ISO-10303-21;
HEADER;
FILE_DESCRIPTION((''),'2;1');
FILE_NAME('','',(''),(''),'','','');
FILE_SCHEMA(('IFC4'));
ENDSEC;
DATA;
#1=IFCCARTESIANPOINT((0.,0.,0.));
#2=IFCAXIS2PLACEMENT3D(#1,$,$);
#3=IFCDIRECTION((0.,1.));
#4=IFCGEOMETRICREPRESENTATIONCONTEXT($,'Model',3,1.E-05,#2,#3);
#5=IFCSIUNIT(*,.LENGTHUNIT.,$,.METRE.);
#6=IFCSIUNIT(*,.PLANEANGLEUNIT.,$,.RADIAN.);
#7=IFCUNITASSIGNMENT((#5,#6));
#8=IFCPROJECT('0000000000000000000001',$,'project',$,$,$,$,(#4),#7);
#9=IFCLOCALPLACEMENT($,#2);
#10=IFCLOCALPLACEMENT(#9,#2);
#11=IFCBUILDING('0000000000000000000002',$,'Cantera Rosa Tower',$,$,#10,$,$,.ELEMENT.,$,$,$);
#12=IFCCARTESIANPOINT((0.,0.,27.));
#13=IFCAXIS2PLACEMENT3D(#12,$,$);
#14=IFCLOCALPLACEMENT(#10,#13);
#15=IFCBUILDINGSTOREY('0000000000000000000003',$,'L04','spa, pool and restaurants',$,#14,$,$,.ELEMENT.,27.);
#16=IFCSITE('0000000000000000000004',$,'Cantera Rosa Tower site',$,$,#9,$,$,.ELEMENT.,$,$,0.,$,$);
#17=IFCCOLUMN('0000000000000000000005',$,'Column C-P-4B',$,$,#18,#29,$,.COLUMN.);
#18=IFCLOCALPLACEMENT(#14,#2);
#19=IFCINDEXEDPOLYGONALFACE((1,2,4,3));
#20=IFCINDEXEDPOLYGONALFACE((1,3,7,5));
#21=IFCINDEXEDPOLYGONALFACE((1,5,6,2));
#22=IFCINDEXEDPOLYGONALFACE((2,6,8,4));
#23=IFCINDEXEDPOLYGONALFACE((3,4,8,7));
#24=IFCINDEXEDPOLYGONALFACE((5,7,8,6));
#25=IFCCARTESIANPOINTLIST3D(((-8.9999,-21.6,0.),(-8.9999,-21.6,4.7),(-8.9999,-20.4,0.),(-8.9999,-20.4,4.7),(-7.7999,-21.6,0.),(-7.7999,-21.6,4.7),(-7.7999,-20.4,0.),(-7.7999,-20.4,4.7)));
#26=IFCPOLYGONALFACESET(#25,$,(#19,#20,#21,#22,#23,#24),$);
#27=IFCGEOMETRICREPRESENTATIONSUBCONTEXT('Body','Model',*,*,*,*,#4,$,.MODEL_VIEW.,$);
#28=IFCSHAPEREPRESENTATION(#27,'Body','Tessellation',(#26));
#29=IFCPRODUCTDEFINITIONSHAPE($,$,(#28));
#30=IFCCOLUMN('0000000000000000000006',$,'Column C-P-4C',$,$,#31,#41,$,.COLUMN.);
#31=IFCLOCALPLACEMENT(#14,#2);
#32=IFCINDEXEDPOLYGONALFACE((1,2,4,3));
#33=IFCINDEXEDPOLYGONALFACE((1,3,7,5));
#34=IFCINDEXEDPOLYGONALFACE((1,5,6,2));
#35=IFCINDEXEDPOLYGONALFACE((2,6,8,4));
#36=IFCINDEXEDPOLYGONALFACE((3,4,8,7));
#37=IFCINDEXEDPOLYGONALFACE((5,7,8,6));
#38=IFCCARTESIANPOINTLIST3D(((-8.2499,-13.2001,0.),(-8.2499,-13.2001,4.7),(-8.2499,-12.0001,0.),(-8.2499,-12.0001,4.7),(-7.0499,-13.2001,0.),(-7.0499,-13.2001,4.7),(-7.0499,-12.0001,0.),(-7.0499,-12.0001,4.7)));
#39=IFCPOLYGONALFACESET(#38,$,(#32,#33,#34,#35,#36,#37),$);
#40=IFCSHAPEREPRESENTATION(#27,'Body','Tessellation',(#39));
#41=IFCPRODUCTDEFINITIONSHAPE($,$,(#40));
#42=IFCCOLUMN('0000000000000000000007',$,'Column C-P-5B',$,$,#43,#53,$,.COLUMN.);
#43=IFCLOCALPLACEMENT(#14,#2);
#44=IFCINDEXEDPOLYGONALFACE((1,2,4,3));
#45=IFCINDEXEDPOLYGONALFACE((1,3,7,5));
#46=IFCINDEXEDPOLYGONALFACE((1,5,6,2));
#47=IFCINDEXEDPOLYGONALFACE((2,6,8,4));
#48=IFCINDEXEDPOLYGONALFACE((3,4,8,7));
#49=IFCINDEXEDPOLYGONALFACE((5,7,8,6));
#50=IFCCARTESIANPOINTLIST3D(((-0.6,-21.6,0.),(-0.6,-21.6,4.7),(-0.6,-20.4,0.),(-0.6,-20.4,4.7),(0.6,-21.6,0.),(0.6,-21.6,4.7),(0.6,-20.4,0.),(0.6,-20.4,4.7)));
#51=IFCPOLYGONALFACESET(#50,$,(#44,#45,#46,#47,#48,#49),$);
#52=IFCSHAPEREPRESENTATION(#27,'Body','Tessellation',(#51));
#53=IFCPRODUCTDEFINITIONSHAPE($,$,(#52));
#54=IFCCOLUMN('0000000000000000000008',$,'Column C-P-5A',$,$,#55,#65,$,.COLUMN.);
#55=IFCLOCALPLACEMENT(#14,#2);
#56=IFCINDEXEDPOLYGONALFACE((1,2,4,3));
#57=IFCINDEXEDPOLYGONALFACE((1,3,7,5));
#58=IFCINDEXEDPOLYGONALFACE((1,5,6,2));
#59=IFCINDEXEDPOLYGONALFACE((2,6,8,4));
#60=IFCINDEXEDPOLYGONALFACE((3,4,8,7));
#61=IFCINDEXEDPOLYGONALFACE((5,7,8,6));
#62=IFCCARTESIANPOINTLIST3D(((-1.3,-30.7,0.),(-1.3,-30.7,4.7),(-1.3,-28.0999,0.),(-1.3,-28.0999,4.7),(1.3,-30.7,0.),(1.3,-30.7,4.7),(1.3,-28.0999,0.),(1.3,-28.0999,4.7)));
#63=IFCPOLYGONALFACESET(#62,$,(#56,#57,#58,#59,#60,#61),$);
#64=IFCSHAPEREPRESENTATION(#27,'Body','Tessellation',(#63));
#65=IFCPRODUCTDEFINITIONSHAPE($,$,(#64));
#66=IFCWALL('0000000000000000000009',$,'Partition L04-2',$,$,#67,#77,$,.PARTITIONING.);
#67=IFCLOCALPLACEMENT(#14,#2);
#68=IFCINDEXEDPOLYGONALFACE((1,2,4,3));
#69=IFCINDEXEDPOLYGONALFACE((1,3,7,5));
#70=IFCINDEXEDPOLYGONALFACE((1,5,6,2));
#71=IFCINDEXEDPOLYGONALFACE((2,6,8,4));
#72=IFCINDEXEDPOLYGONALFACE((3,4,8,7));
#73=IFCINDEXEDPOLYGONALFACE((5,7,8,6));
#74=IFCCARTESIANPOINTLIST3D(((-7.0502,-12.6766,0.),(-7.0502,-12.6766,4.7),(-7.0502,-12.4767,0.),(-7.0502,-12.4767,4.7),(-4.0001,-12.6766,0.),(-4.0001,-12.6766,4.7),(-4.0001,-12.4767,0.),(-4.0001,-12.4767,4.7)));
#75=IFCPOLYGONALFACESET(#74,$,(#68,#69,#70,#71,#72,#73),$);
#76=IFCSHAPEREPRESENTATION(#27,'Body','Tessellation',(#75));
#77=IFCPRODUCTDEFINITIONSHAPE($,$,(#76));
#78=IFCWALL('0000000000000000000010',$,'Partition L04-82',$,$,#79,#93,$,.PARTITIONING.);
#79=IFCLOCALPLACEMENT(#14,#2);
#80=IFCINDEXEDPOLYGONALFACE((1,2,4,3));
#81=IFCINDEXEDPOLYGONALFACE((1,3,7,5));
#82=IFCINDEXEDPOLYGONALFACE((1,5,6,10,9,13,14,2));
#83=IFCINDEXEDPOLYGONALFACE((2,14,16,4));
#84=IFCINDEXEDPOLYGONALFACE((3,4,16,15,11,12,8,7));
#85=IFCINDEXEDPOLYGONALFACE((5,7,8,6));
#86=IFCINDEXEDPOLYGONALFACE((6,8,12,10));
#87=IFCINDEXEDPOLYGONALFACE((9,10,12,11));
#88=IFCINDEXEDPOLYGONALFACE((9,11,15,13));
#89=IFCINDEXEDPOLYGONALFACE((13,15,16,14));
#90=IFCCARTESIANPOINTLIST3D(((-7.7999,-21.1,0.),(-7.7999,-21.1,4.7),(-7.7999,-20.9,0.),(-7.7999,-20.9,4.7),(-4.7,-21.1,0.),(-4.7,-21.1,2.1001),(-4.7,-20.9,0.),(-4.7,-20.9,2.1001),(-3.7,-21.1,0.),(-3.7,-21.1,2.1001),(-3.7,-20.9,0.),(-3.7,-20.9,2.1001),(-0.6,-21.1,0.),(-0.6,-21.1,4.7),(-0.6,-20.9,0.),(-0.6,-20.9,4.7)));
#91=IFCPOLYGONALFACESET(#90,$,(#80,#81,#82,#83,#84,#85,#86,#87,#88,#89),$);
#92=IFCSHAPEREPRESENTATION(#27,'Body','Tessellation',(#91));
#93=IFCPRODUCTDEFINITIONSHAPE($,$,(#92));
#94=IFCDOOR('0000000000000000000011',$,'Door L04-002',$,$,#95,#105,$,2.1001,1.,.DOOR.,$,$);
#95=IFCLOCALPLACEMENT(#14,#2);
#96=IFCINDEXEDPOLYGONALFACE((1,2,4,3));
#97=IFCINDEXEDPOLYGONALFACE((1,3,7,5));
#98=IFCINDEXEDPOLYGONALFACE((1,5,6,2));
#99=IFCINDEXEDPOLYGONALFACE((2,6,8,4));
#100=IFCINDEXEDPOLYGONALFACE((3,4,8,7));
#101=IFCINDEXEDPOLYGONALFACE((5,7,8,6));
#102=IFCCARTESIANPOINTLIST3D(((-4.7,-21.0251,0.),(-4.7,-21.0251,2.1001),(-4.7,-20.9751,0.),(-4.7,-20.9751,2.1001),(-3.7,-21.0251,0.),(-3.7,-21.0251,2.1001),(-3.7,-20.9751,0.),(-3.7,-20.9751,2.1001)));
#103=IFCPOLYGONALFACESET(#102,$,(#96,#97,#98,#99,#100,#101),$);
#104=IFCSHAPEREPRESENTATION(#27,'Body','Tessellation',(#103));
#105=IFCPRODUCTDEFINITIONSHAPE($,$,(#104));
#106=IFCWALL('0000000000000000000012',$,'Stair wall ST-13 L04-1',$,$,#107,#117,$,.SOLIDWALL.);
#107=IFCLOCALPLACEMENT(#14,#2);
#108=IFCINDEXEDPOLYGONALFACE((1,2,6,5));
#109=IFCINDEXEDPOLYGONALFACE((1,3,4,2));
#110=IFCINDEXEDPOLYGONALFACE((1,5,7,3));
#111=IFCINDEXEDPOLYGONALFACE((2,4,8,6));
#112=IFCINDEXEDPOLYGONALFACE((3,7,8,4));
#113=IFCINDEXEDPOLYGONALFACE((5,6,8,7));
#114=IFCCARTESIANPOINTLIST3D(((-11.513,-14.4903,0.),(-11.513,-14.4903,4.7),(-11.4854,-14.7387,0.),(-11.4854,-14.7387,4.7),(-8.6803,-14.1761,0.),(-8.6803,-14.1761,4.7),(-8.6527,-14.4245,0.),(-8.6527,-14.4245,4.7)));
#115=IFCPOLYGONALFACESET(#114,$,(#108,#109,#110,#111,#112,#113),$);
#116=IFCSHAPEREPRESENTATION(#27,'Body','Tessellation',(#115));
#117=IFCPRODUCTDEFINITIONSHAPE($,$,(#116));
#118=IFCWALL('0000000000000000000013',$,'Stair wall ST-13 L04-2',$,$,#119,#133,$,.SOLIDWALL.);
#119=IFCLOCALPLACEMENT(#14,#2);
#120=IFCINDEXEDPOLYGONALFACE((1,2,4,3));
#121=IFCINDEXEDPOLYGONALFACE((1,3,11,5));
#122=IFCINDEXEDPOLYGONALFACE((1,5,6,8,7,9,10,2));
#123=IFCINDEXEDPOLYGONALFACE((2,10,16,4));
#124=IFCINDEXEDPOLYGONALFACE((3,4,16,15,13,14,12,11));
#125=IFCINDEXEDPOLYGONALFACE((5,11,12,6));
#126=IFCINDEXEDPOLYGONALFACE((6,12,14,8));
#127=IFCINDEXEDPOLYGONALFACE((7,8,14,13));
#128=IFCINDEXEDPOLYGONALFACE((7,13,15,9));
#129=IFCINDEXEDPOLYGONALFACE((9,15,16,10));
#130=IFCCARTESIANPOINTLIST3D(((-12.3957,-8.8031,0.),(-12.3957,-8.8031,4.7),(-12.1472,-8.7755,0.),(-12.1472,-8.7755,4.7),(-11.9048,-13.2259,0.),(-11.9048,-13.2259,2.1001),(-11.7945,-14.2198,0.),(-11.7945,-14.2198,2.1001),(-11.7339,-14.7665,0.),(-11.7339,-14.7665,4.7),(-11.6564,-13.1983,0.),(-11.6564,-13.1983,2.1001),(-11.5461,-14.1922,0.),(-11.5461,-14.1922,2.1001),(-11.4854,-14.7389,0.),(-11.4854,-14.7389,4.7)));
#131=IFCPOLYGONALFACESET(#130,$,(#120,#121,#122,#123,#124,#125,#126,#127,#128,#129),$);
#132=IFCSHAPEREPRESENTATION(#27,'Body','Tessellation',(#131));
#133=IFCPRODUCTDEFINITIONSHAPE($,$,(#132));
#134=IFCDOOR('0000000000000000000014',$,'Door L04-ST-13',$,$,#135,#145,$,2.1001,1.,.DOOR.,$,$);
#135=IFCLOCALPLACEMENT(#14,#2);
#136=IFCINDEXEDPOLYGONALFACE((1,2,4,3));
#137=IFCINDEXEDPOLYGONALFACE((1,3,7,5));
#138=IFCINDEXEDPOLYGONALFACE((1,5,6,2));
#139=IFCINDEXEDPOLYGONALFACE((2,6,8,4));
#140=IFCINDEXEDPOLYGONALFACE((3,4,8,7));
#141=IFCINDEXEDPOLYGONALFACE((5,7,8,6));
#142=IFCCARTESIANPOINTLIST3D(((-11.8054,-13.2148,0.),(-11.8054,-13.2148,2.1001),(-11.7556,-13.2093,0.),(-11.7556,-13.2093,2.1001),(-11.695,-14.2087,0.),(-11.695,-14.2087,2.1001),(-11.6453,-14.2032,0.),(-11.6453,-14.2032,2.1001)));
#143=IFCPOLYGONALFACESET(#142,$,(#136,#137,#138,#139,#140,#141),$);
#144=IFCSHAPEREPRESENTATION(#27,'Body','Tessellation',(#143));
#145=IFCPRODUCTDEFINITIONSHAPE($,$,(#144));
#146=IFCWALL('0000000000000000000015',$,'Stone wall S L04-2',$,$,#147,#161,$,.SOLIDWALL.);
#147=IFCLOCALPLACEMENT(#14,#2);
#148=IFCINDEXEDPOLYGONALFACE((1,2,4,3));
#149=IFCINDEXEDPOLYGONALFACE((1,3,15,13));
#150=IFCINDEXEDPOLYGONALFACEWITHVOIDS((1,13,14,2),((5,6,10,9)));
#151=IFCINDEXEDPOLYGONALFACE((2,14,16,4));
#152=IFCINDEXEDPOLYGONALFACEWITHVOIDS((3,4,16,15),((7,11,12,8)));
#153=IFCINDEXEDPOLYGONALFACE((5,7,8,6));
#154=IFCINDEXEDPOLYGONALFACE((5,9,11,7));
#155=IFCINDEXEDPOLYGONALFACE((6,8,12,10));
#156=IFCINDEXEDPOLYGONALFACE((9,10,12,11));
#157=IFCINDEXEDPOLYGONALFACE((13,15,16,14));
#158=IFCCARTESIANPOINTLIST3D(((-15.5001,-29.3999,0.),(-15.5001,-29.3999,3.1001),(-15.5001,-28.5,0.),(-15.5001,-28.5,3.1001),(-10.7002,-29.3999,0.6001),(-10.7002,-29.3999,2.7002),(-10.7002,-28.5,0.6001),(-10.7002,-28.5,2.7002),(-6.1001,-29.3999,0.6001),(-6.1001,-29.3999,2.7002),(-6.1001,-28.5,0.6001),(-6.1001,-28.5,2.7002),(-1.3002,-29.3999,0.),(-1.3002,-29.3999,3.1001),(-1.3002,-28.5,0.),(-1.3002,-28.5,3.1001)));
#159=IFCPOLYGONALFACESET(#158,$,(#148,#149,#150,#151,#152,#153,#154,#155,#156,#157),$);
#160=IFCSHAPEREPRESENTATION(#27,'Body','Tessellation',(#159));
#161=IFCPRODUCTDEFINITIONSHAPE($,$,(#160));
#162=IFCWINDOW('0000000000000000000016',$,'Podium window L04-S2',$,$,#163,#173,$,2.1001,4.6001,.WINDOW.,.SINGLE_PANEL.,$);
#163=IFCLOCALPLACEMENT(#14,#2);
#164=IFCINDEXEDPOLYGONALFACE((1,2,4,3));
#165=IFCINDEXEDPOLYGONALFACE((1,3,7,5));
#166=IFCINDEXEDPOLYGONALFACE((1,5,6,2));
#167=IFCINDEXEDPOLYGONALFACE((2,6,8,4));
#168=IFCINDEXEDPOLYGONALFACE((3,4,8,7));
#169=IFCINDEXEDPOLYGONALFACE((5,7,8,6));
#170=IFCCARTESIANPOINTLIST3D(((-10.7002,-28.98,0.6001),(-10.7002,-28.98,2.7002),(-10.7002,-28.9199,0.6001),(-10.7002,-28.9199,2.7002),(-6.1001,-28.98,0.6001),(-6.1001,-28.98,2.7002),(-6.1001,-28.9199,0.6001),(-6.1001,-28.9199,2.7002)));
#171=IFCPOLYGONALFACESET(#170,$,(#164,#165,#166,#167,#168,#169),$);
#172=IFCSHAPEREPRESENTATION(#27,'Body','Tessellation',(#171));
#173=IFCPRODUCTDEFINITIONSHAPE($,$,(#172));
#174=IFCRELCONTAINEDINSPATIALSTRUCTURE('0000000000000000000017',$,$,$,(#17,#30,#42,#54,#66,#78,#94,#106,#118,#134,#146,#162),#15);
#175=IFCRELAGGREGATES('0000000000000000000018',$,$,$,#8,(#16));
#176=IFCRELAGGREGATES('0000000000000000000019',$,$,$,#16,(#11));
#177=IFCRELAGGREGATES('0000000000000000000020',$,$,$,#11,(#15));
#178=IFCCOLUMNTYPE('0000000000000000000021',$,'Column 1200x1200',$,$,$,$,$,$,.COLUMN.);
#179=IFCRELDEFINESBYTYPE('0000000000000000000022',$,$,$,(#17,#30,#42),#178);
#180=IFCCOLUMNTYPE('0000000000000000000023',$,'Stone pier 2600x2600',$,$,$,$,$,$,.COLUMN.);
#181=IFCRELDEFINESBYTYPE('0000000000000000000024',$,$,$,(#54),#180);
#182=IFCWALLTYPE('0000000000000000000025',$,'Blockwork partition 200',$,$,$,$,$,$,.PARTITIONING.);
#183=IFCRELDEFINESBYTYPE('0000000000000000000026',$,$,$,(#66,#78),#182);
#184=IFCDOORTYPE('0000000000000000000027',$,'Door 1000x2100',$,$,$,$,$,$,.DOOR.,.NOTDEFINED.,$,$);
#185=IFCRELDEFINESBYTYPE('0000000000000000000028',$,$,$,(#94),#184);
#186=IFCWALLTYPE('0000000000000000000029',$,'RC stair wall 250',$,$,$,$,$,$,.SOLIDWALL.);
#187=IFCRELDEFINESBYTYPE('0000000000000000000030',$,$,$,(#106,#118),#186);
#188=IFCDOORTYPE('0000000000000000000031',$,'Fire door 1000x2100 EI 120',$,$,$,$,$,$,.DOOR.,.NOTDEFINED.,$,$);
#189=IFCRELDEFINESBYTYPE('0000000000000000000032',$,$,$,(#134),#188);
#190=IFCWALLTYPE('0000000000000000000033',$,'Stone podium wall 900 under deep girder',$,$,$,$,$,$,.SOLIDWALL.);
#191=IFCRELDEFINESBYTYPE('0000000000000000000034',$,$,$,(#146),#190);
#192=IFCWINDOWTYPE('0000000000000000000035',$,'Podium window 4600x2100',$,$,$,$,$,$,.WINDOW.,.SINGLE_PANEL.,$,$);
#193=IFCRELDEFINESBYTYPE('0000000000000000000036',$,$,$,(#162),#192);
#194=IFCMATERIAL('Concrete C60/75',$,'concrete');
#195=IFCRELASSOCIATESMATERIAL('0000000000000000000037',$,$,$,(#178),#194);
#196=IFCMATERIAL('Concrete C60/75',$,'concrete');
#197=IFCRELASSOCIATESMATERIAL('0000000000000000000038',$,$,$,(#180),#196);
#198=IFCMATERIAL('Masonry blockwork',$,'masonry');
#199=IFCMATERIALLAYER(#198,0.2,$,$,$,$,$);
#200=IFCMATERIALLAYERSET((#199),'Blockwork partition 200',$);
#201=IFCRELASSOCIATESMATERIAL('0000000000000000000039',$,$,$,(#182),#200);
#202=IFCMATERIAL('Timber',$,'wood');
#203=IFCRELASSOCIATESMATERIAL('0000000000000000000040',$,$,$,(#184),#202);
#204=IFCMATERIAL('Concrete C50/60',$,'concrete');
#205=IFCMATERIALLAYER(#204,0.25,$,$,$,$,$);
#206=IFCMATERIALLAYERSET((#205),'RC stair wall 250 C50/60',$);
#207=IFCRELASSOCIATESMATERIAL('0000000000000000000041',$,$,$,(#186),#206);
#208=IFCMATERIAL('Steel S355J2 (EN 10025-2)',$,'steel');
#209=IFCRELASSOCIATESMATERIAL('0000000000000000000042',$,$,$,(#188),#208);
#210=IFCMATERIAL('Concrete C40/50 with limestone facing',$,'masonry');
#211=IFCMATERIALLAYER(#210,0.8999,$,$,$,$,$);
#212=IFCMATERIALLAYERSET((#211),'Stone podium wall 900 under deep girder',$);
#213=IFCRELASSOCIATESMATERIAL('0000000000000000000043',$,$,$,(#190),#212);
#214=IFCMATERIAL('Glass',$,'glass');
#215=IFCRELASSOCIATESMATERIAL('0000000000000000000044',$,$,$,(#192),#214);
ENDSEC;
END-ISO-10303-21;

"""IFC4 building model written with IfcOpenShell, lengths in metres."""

from ifc_helpers import new_model, si_unit, direction, frame, frame_2d, origin, origin_2d, place, context, subcontext, project, spatial, rectangle, extrude, material, layer, layer_set, material_profile, profile_set, type_object, element, fill, save


model = new_model("IFC4")

# Units and contexts
model_context = context("Model", 3, precision=1e-05, world=origin(), true_north=direction((0.0, 1.0)))
body_context = subcontext(model_context, "Body", "Model", "MODEL_VIEW")
ifc_project = project(units=[si_unit("LENGTHUNIT", "METRE"), si_unit("PLANEANGLEUNIT", "RADIAN")], contexts=[model_context])

# Site, building, storey
site_placement = place(None, origin())
site = spatial("IfcSite", under=ifc_project, at=site_placement, Name="Cantera Rosa Tower site", CompositionType="ELEMENT", RefElevation=0.0)
building_placement = place(site_placement, origin())
building = spatial("IfcBuilding", under=site, at=building_placement, Name="Cantera Rosa Tower", CompositionType="ELEMENT")
storey_placement = place(building_placement, frame((0.0, 0.0, 27.0)))
storey = spatial("IfcBuildingStorey", under=building, at=storey_placement, Name="L04", Description="spa, pool and restaurants", CompositionType="ELEMENT", Elevation=27.0)

# Columns
ifc_material_1 = material(Name="Concrete C60/75", Category="concrete")
ifc_material_profile_1 = material_profile(ifc_material_1, rectangle(XDim=1.2, YDim=1.2, at=origin_2d()), Name="Column 1200x1200")
ifc_profile_set_1 = profile_set([ifc_material_profile_1], Name="Concrete C60/75")
column_type_1 = type_object("IfcColumnType", Name="Column 1200x1200", PredefinedType="COLUMN", material=ifc_profile_set_1)
for number, where, z_axis, x_axis, name in (
    (1, (-8.3999, -21.0, 0.0), (0.0, 0.0, 1.0), (1.0, 0.0, 0.0), "Column C-P-4B"),
    (2, (-7.6499, -12.6001, 0.0), (0.0, 0.0, 1.0), (1.0, 0.0, 0.0), "Column C-P-4C"),
    (3, (0.0, -21.0, 0.0), (0.0, 0.0, 1.0), (1.0, 0.0, 0.0), "Column C-P-5B"),
):
    element("IfcColumn", number, at=place(storey_placement, frame(where, z_axis=z_axis, x_axis=x_axis)), inside=storey, type_object=column_type_1, Name=name, PredefinedType="COLUMN", context=body_context, shape_type="SweptSolid", body=[
        extrude(rectangle(XDim=1.2, YDim=1.2, at=origin_2d()), origin(), (0.0, 0.0, 1.0), 4.7),
    ])
ifc_material_2 = material(Name="Concrete C60/75", Category="concrete")
ifc_material_profile_2 = material_profile(ifc_material_2, rectangle(XDim=2.6001, YDim=2.6001, at=origin_2d()), Name="Stone pier 2600x2600")
ifc_profile_set_2 = profile_set([ifc_material_profile_2], Name="Concrete C60/75")
column_type_2 = type_object("IfcColumnType", Name="Stone pier 2600x2600", PredefinedType="COLUMN", material=ifc_profile_set_2)
column_placement = place(storey_placement, frame((0.0, -29.3999, 0.0), z_axis=(0.0, 0.0, 1.0), x_axis=(1.0, 0.0, 0.0)))
element("IfcColumn", 4, at=column_placement, inside=storey, type_object=column_type_2, Name="Column C-P-5A", PredefinedType="COLUMN", context=body_context, shape_type="SweptSolid", body=[
    extrude(rectangle(XDim=2.6001, YDim=2.6001, at=origin_2d()), origin(), (0.0, 0.0, 1.0), 4.7),
])

# Wall
ifc_material_3 = material(Name="Masonry blockwork", Category="masonry")
ifc_layer_1 = layer(ifc_material_3, 0.2)
ifc_layer_set_1 = layer_set([ifc_layer_1], Name="Blockwork partition 200")
wall_type_1 = type_object("IfcWallType", Name="Blockwork partition 200", PredefinedType="PARTITIONING", material=ifc_layer_set_1)
wall_1_placement = place(storey_placement, frame((-7.05, -12.5767, 0.0), z_axis=(0.0, 0.0, 1.0), x_axis=(1.0, 0.0, 0.0)))
element("IfcWall", 5, at=wall_1_placement, inside=storey, type_object=wall_type_1, Name="Partition L04-2", PredefinedType="PARTITIONING", context=body_context, shape_type="SweptSolid", body=[
    extrude(rectangle(XDim=3.05, YDim=0.2, at=frame_2d((1.5249, 0.0))), origin(), (0.0, 0.0, 1.0), 4.7),
])

# Wall, opening, door
wall_2_placement = place(storey_placement, frame((-7.8, -21.0, 0.0), z_axis=(0.0, 0.0, 1.0), x_axis=(1.0, 0.0, 0.0)))
wall_2 = element("IfcWall", 6, at=wall_2_placement, inside=storey, type_object=wall_type_1, Name="Partition L04-82", PredefinedType="PARTITIONING", context=body_context, shape_type="SweptSolid", body=[
    extrude(rectangle(XDim=7.2, YDim=0.2, at=frame_2d((3.6001, 0.0))), origin(), (0.0, 0.0, 1.0), 4.7),
])
opening_1_placement = place(wall_2_placement, frame((3.1001, 0.0, 0.0)))
opening_1 = element("IfcOpeningElement", 7, at=opening_1_placement, cuts=wall_2, PredefinedType="OPENING", context=body_context, shape_type="SweptSolid", body=[
    extrude(rectangle(XDim=1.0, YDim=2.1001, at=frame_2d((0.5, 1.05))), frame((0.0, 0.1099, 0.0), z_axis=(0.0, -1.0, 0.0), x_axis=(1.0, 0.0, 0.0)), (0.0, 0.0, 1.0), 0.22),
])
ifc_material_4 = material(Name="Timber", Category="wood")
door_type_1 = type_object("IfcDoorType", Name="Door 1000x2100", OperationType="NOTDEFINED", PredefinedType="DOOR", material=ifc_material_4)
door_1_placement = place(opening_1_placement, origin())
door_1 = element("IfcDoor", 8, at=door_1_placement, inside=storey, type_object=door_type_1, Name="Door L04-002", OverallHeight=2.1001, OverallWidth=1.0, PredefinedType="DOOR", context=body_context, shape_type="SweptSolid", body=[
    extrude(rectangle(XDim=1.0, YDim=2.1001, at=frame_2d((0.5, 1.05))), frame((0.0, 0.0249, 0.0), z_axis=(0.0, -1.0, 0.0), x_axis=(1.0, 0.0, 0.0)), (0.0, 0.0, 1.0), 0.05),
])
fill(opening_1, door_1)

# Wall
ifc_material_5 = material(Name="Concrete C50/60", Category="concrete")
ifc_layer_2 = layer(ifc_material_5, 0.25)
ifc_layer_set_2 = layer_set([ifc_layer_2], Name="RC stair wall 250 C50/60")
wall_type_2 = type_object("IfcWallType", Name="RC stair wall 250", PredefinedType="SOLIDWALL", material=ifc_layer_set_2)
wall_3_placement = place(storey_placement, frame((-8.6665, -14.3003, 0.0), z_axis=(0.0, 0.0, 1.0), x_axis=(-0.993905, -0.110243, 0.0)))
element("IfcWall", 9, at=wall_3_placement, inside=storey, type_object=wall_type_2, Name="Stair wall ST-13 L04-1", PredefinedType="SOLIDWALL", context=body_context, shape_type="SweptSolid", body=[
    extrude(rectangle(XDim=2.8501, YDim=0.25, at=frame_2d((1.425, 0.0))), origin(), (0.0, 0.0, 1.0), 4.7),
])

# Wall, opening, door
wall_4_placement = place(storey_placement, frame((-11.6096, -14.7527, 0.0), z_axis=(0.0, 0.0, 1.0), x_axis=(-0.110311, 0.993897, 0.0)))
wall_4 = element("IfcWall", 10, at=wall_4_placement, inside=storey, type_object=wall_type_2, Name="Stair wall ST-13 L04-2", PredefinedType="SOLIDWALL", context=body_context, shape_type="SweptSolid", body=[
    extrude(rectangle(XDim=6.0, YDim=0.25, at=frame_2d((3.0, 0.0))), origin(), (0.0, 0.0, 1.0), 4.7),
])
opening_2_placement = place(wall_4_placement, frame((0.55, 0.0, 0.0)))
opening_2 = element("IfcOpeningElement", 11, at=opening_2_placement, cuts=wall_4, PredefinedType="OPENING", context=body_context, shape_type="SweptSolid", body=[
    extrude(rectangle(XDim=1.0, YDim=2.1001, at=frame_2d((0.5, 1.05))), frame((0.0, 0.135, 0.0), z_axis=(0.0, -1.0, 0.0), x_axis=(1.0, 0.0, 0.0)), (0.0, 0.0, 1.0), 0.27),
])
ifc_material_6 = material(Name="Steel S355J2 (EN 10025-2)", Category="steel")
door_type_2 = type_object("IfcDoorType", Name="Fire door 1000x2100 EI 120", OperationType="NOTDEFINED", PredefinedType="DOOR", material=ifc_material_6)
door_2_placement = place(opening_2_placement, origin())
door_2 = element("IfcDoor", 12, at=door_2_placement, inside=storey, type_object=door_type_2, Name="Door L04-ST-13", OverallHeight=2.1001, OverallWidth=1.0, PredefinedType="DOOR", context=body_context, shape_type="SweptSolid", body=[
    extrude(rectangle(XDim=1.0, YDim=2.1001, at=frame_2d((0.5, 1.05))), frame((0.0, 0.0249, 0.0), z_axis=(0.0, -1.0, 0.0), x_axis=(1.0, 0.0, 0.0)), (0.0, 0.0, 1.0), 0.05),
])
fill(opening_2, door_2)

# Wall, opening, window
ifc_material_7 = material(Name="Concrete C40/50 with limestone facing", Category="masonry")
ifc_layer_3 = layer(ifc_material_7, 0.8999)
ifc_layer_set_3 = layer_set([ifc_layer_3], Name="Stone podium wall 900 under deep girder")
wall_type_3 = type_object("IfcWallType", Name="Stone podium wall 900 under deep girder", PredefinedType="SOLIDWALL", material=ifc_layer_set_3)
wall_5_placement = place(storey_placement, frame((-1.3, -28.95, 0.0), z_axis=(0.0, 0.0, 1.0), x_axis=(-1.0, 0.0, 0.0)))
wall_5 = element("IfcWall", 13, at=wall_5_placement, inside=storey, type_object=wall_type_3, Name="Stone wall S L04-2", PredefinedType="SOLIDWALL", context=body_context, shape_type="SweptSolid", body=[
    extrude(rectangle(XDim=14.2, YDim=0.8999, at=frame_2d((7.1001, 0.0))), origin(), (0.0, 0.0, 1.0), 3.1001),
])
opening_3_placement = place(wall_5_placement, frame((4.8, 0.0, 0.6001)))
opening_3 = element("IfcOpeningElement", 14, at=opening_3_placement, cuts=wall_5, PredefinedType="OPENING", context=body_context, shape_type="SweptSolid", body=[
    extrude(rectangle(XDim=4.6001, YDim=2.1001, at=frame_2d((2.3, 1.05))), frame((0.0, 0.46, 0.0), z_axis=(0.0, -1.0, 0.0), x_axis=(1.0, 0.0, 0.0)), (0.0, 0.0, 1.0), 0.9199),
])
ifc_material_8 = material(Name="Glass", Category="glass")
window_type = type_object("IfcWindowType", Name="Podium window 4600x2100", PartitioningType="SINGLE_PANEL", PredefinedType="WINDOW", material=ifc_material_8)
window_placement = place(opening_3_placement, origin())
window = element("IfcWindow", 15, at=window_placement, inside=storey, type_object=window_type, Name="Podium window L04-S2", OverallHeight=2.1001, OverallWidth=4.6001, PartitioningType="SINGLE_PANEL", PredefinedType="WINDOW", context=body_context, shape_type="SweptSolid", body=[
    extrude(rectangle(XDim=4.6001, YDim=2.1001, at=frame_2d((2.3, 1.05))), frame((0.0, 0.03, 0.0), z_axis=(0.0, -1.0, 0.0), x_axis=(1.0, 0.0, 0.0)), (0.0, 0.0, 1.0), 0.0601),
])
fill(opening_3, window)

save(model, "model.ifc")
